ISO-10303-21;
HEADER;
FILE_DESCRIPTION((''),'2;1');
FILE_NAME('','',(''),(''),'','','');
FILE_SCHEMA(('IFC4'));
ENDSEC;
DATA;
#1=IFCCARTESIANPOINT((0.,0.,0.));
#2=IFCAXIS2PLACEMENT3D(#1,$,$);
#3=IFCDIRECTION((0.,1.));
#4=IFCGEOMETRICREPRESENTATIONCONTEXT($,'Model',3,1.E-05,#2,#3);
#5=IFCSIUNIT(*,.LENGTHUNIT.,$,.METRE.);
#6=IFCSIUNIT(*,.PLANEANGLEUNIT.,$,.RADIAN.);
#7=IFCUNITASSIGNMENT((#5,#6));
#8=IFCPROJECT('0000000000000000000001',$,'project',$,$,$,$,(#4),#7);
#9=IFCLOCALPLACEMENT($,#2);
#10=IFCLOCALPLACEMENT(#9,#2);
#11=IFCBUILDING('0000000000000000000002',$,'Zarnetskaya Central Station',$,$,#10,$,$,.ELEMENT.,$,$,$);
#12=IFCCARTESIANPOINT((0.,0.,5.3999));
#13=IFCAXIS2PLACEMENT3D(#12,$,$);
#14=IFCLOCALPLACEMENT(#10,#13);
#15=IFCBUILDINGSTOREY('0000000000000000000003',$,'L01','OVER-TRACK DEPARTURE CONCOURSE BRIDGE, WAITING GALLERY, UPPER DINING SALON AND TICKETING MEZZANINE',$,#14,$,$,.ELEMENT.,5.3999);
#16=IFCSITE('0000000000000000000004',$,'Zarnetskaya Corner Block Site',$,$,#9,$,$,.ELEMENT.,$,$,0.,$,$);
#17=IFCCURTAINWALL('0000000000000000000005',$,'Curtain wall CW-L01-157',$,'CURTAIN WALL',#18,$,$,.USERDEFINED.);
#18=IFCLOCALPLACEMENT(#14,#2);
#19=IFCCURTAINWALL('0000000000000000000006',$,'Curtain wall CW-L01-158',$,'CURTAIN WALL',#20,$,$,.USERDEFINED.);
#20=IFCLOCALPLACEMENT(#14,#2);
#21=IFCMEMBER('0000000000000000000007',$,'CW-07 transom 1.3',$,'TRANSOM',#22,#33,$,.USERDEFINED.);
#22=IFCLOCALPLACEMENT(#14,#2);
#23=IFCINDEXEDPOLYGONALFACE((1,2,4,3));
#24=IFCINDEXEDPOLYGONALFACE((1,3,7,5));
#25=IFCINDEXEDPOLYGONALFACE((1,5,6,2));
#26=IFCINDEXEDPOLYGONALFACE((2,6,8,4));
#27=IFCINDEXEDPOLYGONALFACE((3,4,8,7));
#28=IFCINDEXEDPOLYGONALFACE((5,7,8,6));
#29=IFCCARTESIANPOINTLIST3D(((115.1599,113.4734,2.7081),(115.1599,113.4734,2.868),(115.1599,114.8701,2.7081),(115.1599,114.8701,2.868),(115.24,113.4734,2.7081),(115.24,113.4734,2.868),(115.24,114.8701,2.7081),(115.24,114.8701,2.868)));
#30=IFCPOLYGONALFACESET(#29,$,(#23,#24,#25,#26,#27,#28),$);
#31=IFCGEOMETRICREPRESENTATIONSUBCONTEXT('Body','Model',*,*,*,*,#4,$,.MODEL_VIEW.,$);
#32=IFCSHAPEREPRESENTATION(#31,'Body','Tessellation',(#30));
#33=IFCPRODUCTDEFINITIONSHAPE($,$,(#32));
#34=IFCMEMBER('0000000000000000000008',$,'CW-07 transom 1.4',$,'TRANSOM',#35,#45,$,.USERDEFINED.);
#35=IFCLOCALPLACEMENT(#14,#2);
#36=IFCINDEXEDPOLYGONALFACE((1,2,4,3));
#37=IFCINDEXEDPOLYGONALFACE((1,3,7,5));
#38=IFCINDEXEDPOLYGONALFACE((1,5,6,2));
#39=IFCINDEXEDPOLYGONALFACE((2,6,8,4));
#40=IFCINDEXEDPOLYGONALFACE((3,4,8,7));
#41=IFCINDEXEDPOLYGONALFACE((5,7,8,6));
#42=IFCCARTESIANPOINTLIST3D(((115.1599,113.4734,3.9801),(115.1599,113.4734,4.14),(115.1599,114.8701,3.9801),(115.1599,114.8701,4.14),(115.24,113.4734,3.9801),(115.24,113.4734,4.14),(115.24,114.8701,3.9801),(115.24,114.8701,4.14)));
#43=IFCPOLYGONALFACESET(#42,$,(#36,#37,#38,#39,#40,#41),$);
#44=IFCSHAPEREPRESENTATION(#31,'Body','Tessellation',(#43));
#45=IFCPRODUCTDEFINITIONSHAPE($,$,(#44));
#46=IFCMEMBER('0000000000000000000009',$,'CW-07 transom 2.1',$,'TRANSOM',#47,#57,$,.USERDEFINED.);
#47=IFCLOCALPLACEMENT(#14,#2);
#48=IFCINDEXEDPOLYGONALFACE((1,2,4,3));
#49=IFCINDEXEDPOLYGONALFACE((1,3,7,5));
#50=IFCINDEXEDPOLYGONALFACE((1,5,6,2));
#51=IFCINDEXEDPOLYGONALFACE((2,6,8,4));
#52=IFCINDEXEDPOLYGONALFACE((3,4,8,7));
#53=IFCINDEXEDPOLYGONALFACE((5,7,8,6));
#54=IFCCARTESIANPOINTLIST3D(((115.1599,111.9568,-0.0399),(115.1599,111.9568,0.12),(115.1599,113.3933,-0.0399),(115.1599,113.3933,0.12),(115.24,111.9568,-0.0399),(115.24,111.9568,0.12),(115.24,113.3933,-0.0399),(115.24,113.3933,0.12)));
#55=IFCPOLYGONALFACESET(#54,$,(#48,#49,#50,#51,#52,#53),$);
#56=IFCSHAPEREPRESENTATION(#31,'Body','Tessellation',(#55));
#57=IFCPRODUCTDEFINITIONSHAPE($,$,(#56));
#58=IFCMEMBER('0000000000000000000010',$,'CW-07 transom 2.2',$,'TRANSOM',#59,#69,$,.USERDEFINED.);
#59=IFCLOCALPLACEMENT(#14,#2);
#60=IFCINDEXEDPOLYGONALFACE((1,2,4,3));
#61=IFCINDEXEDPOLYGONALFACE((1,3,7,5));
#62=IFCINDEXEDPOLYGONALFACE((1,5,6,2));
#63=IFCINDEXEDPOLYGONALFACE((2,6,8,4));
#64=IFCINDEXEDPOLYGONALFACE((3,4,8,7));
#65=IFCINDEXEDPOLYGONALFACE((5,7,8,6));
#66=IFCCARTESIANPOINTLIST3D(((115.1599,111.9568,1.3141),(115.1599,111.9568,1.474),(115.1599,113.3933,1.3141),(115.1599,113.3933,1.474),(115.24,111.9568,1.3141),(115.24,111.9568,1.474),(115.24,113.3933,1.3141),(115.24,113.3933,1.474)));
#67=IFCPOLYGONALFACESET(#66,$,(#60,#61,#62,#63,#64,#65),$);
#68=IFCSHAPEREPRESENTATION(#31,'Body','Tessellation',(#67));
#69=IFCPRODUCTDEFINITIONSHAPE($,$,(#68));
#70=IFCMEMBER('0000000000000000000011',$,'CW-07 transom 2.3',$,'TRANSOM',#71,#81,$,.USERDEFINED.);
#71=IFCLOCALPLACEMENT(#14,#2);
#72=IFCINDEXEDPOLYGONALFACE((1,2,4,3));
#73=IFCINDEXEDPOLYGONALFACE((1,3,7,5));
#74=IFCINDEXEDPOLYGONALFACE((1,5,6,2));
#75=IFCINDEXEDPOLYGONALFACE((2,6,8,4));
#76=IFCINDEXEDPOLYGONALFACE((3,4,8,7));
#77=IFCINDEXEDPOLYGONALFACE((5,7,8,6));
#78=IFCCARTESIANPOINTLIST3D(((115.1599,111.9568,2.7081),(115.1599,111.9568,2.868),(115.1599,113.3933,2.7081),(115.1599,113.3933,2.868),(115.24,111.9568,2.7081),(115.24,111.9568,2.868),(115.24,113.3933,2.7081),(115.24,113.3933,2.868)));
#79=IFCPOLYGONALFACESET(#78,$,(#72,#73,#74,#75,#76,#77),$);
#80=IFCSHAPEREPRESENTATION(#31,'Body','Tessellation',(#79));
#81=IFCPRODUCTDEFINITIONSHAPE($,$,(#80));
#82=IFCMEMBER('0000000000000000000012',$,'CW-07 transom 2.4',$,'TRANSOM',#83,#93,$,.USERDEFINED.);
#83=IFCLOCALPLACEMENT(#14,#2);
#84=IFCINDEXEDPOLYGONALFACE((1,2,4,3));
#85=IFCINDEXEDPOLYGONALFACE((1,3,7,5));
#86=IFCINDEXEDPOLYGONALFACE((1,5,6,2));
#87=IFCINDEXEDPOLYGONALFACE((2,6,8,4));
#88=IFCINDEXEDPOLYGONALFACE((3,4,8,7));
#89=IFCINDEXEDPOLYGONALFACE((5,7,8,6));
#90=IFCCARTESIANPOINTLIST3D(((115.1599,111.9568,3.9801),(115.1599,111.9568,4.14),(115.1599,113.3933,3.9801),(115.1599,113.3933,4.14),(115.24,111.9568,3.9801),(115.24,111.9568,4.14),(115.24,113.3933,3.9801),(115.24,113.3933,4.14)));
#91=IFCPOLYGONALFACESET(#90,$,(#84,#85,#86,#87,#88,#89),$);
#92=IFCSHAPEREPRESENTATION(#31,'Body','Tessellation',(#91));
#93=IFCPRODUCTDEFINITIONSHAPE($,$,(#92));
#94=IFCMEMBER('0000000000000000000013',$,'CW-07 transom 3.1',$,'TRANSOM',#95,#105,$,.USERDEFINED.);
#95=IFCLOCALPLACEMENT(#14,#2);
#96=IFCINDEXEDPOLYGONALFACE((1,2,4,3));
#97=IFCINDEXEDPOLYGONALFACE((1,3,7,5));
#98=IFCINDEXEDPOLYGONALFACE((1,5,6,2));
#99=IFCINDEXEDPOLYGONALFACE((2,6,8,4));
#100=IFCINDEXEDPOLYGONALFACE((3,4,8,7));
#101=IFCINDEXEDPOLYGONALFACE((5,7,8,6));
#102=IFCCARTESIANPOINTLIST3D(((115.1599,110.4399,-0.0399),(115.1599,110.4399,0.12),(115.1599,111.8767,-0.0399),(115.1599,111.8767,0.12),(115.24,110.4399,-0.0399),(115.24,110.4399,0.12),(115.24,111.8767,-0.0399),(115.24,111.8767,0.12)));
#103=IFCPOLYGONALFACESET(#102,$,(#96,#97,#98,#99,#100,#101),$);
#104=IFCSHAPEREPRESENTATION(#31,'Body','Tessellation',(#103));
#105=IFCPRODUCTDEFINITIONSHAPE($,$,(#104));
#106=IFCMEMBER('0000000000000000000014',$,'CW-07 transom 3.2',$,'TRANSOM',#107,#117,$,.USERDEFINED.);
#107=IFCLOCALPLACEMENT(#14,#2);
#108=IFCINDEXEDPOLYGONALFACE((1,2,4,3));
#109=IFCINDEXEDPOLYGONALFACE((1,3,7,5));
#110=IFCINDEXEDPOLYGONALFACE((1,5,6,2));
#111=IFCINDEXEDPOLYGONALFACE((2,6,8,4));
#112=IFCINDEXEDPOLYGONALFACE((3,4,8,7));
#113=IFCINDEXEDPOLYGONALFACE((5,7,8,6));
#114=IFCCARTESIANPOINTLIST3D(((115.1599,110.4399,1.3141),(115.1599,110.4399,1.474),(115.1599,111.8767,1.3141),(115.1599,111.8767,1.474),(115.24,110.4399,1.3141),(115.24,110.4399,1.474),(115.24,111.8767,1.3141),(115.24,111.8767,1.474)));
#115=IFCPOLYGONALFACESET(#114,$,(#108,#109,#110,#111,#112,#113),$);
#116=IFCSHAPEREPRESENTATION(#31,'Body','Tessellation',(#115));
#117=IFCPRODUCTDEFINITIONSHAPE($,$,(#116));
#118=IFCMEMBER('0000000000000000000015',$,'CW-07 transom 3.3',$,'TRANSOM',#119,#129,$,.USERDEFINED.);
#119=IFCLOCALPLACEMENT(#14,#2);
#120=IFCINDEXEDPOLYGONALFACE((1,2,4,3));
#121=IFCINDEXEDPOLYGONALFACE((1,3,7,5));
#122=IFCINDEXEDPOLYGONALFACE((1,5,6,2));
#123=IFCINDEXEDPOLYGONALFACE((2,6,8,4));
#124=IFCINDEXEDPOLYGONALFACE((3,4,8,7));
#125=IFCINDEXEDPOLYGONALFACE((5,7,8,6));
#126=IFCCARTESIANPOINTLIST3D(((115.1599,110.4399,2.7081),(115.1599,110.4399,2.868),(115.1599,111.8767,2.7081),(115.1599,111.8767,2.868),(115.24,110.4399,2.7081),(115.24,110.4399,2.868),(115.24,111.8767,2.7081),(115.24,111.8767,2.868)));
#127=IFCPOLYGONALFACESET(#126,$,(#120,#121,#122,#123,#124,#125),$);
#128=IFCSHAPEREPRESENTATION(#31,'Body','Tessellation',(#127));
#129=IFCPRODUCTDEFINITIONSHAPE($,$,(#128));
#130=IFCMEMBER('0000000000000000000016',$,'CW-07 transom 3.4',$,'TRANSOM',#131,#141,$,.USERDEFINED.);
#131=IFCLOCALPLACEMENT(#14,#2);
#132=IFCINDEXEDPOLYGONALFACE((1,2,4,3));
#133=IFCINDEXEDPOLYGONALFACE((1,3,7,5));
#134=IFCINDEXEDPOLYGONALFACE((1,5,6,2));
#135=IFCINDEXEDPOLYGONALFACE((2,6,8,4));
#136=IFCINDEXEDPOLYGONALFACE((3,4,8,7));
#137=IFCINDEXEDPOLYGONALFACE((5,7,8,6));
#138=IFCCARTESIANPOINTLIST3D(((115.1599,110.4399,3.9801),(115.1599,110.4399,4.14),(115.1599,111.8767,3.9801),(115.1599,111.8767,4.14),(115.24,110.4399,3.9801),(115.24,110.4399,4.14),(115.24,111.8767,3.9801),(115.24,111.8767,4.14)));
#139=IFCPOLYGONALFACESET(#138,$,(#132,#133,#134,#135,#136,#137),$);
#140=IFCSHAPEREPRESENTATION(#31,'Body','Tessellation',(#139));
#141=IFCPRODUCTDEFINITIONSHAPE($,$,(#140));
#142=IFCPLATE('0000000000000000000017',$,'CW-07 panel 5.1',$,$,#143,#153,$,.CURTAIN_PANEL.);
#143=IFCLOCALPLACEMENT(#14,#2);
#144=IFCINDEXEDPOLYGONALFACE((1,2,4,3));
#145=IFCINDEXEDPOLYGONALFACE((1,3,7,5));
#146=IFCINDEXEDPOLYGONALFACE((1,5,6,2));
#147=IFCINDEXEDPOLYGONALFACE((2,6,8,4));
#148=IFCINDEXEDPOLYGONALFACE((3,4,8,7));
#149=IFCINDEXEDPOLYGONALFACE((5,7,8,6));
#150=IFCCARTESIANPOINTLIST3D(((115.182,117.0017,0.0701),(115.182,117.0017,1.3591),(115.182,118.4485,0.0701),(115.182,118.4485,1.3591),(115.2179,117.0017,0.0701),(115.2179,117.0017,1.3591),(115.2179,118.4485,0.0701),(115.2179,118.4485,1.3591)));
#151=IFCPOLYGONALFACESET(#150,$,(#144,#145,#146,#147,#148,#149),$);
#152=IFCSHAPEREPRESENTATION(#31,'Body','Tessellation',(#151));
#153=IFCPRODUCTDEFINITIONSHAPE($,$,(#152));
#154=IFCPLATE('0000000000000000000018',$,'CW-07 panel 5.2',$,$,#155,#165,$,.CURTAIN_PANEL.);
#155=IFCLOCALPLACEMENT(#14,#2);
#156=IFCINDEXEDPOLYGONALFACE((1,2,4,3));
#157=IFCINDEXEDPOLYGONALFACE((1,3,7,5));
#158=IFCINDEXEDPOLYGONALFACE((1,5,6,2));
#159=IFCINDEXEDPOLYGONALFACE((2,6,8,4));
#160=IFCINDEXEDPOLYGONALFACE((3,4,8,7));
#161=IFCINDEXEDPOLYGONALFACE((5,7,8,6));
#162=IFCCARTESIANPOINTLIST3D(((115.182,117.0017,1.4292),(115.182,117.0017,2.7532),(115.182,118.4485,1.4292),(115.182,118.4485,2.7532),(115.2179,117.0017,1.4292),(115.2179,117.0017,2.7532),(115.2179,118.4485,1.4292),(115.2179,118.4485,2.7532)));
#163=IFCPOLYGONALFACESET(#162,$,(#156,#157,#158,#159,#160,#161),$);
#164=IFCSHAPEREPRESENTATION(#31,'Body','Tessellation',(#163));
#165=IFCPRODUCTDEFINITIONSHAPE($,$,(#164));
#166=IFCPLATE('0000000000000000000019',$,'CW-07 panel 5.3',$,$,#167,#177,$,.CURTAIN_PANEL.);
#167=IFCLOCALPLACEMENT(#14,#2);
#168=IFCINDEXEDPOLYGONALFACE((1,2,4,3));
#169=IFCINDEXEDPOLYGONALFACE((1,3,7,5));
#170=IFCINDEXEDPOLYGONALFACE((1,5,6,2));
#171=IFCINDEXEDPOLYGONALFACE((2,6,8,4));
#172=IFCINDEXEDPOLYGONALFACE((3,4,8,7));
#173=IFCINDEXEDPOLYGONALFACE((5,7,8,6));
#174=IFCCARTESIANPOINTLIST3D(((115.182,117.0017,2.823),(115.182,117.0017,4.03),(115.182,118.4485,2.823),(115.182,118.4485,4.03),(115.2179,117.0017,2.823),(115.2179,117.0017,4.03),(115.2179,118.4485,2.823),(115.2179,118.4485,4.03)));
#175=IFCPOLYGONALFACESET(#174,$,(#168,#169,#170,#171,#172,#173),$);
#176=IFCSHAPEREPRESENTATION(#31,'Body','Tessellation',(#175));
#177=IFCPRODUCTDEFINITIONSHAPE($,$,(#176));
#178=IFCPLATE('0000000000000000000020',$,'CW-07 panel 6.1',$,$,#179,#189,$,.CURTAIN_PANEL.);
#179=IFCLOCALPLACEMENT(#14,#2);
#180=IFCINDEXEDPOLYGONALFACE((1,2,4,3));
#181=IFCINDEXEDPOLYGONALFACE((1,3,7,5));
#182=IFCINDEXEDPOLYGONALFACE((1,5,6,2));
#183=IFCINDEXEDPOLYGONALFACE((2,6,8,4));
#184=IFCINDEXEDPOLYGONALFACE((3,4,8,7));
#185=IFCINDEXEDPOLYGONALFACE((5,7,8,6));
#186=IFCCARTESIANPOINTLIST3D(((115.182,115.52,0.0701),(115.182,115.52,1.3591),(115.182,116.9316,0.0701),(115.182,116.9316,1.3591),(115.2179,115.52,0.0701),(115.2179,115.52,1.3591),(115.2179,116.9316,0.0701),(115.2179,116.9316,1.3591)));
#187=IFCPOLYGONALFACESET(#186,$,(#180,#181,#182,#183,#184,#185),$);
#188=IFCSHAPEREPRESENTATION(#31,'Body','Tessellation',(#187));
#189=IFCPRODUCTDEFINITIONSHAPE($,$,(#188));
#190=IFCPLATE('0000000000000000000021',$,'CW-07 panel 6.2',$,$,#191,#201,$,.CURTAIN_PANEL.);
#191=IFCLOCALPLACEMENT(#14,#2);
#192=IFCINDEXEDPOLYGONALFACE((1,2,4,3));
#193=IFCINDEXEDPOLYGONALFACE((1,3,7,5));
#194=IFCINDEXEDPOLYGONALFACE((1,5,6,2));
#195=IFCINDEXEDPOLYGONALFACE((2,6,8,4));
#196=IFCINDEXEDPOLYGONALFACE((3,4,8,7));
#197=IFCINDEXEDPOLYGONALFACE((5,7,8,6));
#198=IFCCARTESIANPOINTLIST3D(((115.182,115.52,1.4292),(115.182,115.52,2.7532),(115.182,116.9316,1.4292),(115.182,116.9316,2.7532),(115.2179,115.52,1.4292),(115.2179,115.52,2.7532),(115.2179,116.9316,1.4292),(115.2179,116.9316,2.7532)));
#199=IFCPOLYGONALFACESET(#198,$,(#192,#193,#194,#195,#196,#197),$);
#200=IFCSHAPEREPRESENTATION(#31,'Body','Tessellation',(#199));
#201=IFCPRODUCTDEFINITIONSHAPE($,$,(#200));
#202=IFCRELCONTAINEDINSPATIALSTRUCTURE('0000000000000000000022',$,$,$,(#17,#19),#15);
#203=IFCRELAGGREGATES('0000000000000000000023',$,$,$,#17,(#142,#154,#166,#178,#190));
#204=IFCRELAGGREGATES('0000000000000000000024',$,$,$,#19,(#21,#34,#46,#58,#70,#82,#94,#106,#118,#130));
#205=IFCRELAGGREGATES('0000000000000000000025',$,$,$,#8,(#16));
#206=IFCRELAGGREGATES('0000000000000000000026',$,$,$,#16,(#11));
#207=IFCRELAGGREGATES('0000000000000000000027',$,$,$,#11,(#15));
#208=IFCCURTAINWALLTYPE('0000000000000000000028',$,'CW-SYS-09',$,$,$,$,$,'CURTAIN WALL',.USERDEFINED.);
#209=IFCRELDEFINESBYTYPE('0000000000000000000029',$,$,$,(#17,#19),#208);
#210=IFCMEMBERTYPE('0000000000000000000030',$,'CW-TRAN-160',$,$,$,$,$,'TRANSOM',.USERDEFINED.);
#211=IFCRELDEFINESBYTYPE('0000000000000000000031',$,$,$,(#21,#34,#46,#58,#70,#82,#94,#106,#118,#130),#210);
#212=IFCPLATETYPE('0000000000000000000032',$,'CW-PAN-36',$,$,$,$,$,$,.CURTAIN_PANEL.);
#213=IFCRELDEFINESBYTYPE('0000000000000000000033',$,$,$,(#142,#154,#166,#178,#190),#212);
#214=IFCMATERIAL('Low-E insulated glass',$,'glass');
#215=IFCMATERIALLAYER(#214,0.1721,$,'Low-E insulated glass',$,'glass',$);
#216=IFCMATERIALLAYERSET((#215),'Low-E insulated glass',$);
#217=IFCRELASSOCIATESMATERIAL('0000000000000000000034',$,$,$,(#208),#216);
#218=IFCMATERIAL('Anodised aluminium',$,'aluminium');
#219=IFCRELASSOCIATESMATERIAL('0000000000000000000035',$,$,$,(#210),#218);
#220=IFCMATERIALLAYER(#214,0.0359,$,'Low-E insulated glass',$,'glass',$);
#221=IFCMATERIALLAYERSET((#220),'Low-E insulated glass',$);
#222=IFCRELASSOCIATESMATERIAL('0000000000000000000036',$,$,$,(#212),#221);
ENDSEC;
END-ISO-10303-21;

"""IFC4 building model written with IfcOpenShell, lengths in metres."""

from ifc_helpers import new_model, si_unit, direction, frame, origin, origin_2d, place, context, subcontext, project, spatial, rectangle, extrude, material, layer, layer_set, material_profile, profile_set, type_object, element, aggregate, save


model = new_model("IFC4")

# Units and contexts
model_context = context("Model", 3, precision=1e-05, world=origin(), true_north=direction((0.0, 1.0)))
body_context = subcontext(model_context, "Body", "Model", "MODEL_VIEW")
ifc_project = project(units=[si_unit("LENGTHUNIT", "METRE"), si_unit("PLANEANGLEUNIT", "RADIAN")], contexts=[model_context])

# Site, building, storey
site_placement = place(None, origin())
site = spatial("IfcSite", under=ifc_project, at=site_placement, Name="Zarnetskaya Corner Block Site", CompositionType="ELEMENT", RefElevation=0.0)
building_placement = place(site_placement, origin())
building = spatial("IfcBuilding", under=site, at=building_placement, Name="Zarnetskaya Central Station", CompositionType="ELEMENT")
storey_placement = place(building_placement, frame((0.0, 0.0, 5.3999)))
storey = spatial("IfcBuildingStorey", under=building, at=storey_placement, Name="L01", Description="OVER-TRACK DEPARTURE CONCOURSE BRIDGE, WAITING GALLERY, UPPER DINING SALON AND TICKETING MEZZANINE", CompositionType="ELEMENT", Elevation=5.3999)

# Curtain walls
ifc_material_1 = material(Name="Low-E insulated glass", Category="glass")
ifc_layer_1 = layer(ifc_material_1, 0.1721, Name="Low-E insulated glass", Category="glass")
ifc_layer_set_1 = layer_set([ifc_layer_1], Name="Low-E insulated glass")
curtain_wall_type = type_object("IfcCurtainWallType", Name="CW-SYS-09", ElementType="CURTAIN WALL", PredefinedType="USERDEFINED", material=ifc_layer_set_1)
curtain_wall_1_placement = place(storey_placement, origin())
curtain_wall_1 = element("IfcCurtainWall", 1, at=curtain_wall_1_placement, inside=storey, type_object=curtain_wall_type, Name="Curtain wall CW-L01-157", ObjectType="CURTAIN WALL", PredefinedType="USERDEFINED")
ifc_material_2 = material(Name="Anodised aluminium", Category="aluminium")
curtain_wall_2_placement = place(storey_placement, origin())
curtain_wall_2 = element("IfcCurtainWall", 2, at=curtain_wall_2_placement, inside=storey, type_object=curtain_wall_type, Name="Curtain wall CW-L01-158", ObjectType="CURTAIN WALL", PredefinedType="USERDEFINED")

# Members
ifc_material_profile_1 = material_profile(ifc_material_2, rectangle(XDim=0.0801, YDim=0.1599, at=origin_2d()), Name="ALU TRAN 80x160")
ifc_profile_set_1 = profile_set([ifc_material_profile_1], Name="Anodised aluminium")
member_type_1 = type_object("IfcMemberType", Name="CW-TRAN-160", ElementType="TRANSOM", PredefinedType="USERDEFINED", material=ifc_profile_set_1)
member_1_placement = place(storey_placement, frame((115.2, 114.8701, 2.7881), z_axis=(0.0, -1.0, 0.0), x_axis=(1.0, 0.0, 0.0)))
member_1 = element("IfcMember", 3, at=member_1_placement, type_object=member_type_1, Name="CW-07 transom 1.3", ObjectType="TRANSOM", PredefinedType="USERDEFINED", context=body_context, shape_type="SweptSolid", body=[
    extrude(rectangle(XDim=0.0801, YDim=0.1599, at=origin_2d()), origin(), (0.0, 0.0, 1.0), 1.3967),
])
member_2_placement = place(storey_placement, frame((115.2, 114.8701, 4.0601), z_axis=(0.0, -1.0, 0.0), x_axis=(1.0, 0.0, 0.0)))
member_2 = element("IfcMember", 4, at=member_2_placement, type_object=member_type_1, Name="CW-07 transom 1.4", ObjectType="TRANSOM", PredefinedType="USERDEFINED", context=body_context, shape_type="SweptSolid", body=[
    extrude(rectangle(XDim=0.0801, YDim=0.1599, at=origin_2d()), origin(), (0.0, 0.0, 1.0), 1.3967),
])
member_3_placement = place(storey_placement, frame((115.2, 113.3933, 0.04), z_axis=(0.0, -1.0, 0.0), x_axis=(1.0, 0.0, 0.0)))
member_3 = element("IfcMember", 5, at=member_3_placement, type_object=member_type_1, Name="CW-07 transom 2.1", ObjectType="TRANSOM", PredefinedType="USERDEFINED", context=body_context, shape_type="SweptSolid", body=[
    extrude(rectangle(XDim=0.0801, YDim=0.1599, at=origin_2d()), origin(), (0.0, 0.0, 1.0), 1.4365),
])
member_4_placement = place(storey_placement, frame((115.2, 113.3933, 1.394), z_axis=(0.0, -1.0, 0.0), x_axis=(1.0, 0.0, 0.0)))
member_4 = element("IfcMember", 6, at=member_4_placement, type_object=member_type_1, Name="CW-07 transom 2.2", ObjectType="TRANSOM", PredefinedType="USERDEFINED", context=body_context, shape_type="SweptSolid", body=[
    extrude(rectangle(XDim=0.0801, YDim=0.1599, at=origin_2d()), origin(), (0.0, 0.0, 1.0), 1.4365),
])
member_5_placement = place(storey_placement, frame((115.2, 113.3933, 2.7881), z_axis=(0.0, -1.0, 0.0), x_axis=(1.0, 0.0, 0.0)))
member_5 = element("IfcMember", 7, at=member_5_placement, type_object=member_type_1, Name="CW-07 transom 2.3", ObjectType="TRANSOM", PredefinedType="USERDEFINED", context=body_context, shape_type="SweptSolid", body=[
    extrude(rectangle(XDim=0.0801, YDim=0.1599, at=origin_2d()), origin(), (0.0, 0.0, 1.0), 1.4365),
])
member_6_placement = place(storey_placement, frame((115.2, 113.3933, 4.0601), z_axis=(0.0, -1.0, 0.0), x_axis=(1.0, 0.0, 0.0)))
member_6 = element("IfcMember", 8, at=member_6_placement, type_object=member_type_1, Name="CW-07 transom 2.4", ObjectType="TRANSOM", PredefinedType="USERDEFINED", context=body_context, shape_type="SweptSolid", body=[
    extrude(rectangle(XDim=0.0801, YDim=0.1599, at=origin_2d()), origin(), (0.0, 0.0, 1.0), 1.4365),
])
member_7_placement = place(storey_placement, frame((115.2, 111.8767, 0.04), z_axis=(0.0, -1.0, 0.0), x_axis=(1.0, 0.0, 0.0)))
member_7 = element("IfcMember", 9, at=member_7_placement, type_object=member_type_1, Name="CW-07 transom 3.1", ObjectType="TRANSOM", PredefinedType="USERDEFINED", context=body_context, shape_type="SweptSolid", body=[
    extrude(rectangle(XDim=0.0801, YDim=0.1599, at=origin_2d()), origin(), (0.0, 0.0, 1.0), 1.4368),
])
member_8_placement = place(storey_placement, frame((115.2, 111.8767, 1.394), z_axis=(0.0, -1.0, 0.0), x_axis=(1.0, 0.0, 0.0)))
member_8 = element("IfcMember", 10, at=member_8_placement, type_object=member_type_1, Name="CW-07 transom 3.2", ObjectType="TRANSOM", PredefinedType="USERDEFINED", context=body_context, shape_type="SweptSolid", body=[
    extrude(rectangle(XDim=0.0801, YDim=0.1599, at=origin_2d()), origin(), (0.0, 0.0, 1.0), 1.4368),
])
member_9_placement = place(storey_placement, frame((115.2, 111.8767, 2.7881), z_axis=(0.0, -1.0, 0.0), x_axis=(1.0, 0.0, 0.0)))
member_9 = element("IfcMember", 11, at=member_9_placement, type_object=member_type_1, Name="CW-07 transom 3.3", ObjectType="TRANSOM", PredefinedType="USERDEFINED", context=body_context, shape_type="SweptSolid", body=[
    extrude(rectangle(XDim=0.0801, YDim=0.1599, at=origin_2d()), origin(), (0.0, 0.0, 1.0), 1.4368),
])
member_10_placement = place(storey_placement, frame((115.2, 111.8767, 4.0601), z_axis=(0.0, -1.0, 0.0), x_axis=(1.0, 0.0, 0.0)))
member_10 = element("IfcMember", 12, at=member_10_placement, type_object=member_type_1, Name="CW-07 transom 3.4", ObjectType="TRANSOM", PredefinedType="USERDEFINED", context=body_context, shape_type="SweptSolid", body=[
    extrude(rectangle(XDim=0.0801, YDim=0.1599, at=origin_2d()), origin(), (0.0, 0.0, 1.0), 1.4368),
])

# Plates
ifc_layer_2 = layer(ifc_material_1, 0.0359, Name="Low-E insulated glass", Category="glass")
ifc_layer_set_2 = layer_set([ifc_layer_2], Name="Low-E insulated glass")
plate_type_1 = type_object("IfcPlateType", Name="CW-PAN-36", PredefinedType="CURTAIN_PANEL", material=ifc_layer_set_2)
plate_1_placement = place(storey_placement, frame((115.2, 117.7251, 0.0701), z_axis=(0.0, 0.0, 1.0), x_axis=(0.0, -1.0, 0.0)))
plate_1 = element("IfcPlate", 13, at=plate_1_placement, type_object=plate_type_1, Name="CW-07 panel 5.1", PredefinedType="CURTAIN_PANEL", context=body_context, shape_type="SweptSolid", body=[
    extrude(rectangle(XDim=1.4468, YDim=0.0359, at=origin_2d()), origin(), (0.0, 0.0, 1.0), 1.2891),
])
plate_2_placement = place(storey_placement, frame((115.2, 117.7251, 1.4292), z_axis=(0.0, 0.0, 1.0), x_axis=(0.0, -1.0, 0.0)))
plate_2 = element("IfcPlate", 14, at=plate_2_placement, type_object=plate_type_1, Name="CW-07 panel 5.2", PredefinedType="CURTAIN_PANEL", context=body_context, shape_type="SweptSolid", body=[
    extrude(rectangle(XDim=1.4468, YDim=0.0359, at=origin_2d()), origin(), (0.0, 0.0, 1.0), 1.324),
])
plate_3_placement = place(storey_placement, frame((115.2, 117.7251, 2.823), z_axis=(0.0, 0.0, 1.0), x_axis=(0.0, -1.0, 0.0)))
plate_3 = element("IfcPlate", 15, at=plate_3_placement, type_object=plate_type_1, Name="CW-07 panel 5.3", PredefinedType="CURTAIN_PANEL", context=body_context, shape_type="SweptSolid", body=[
    extrude(rectangle(XDim=1.4468, YDim=0.0359, at=origin_2d()), origin(), (0.0, 0.0, 1.0), 1.207),
])
plate_4_placement = place(storey_placement, frame((115.2, 116.2258, 0.0701), z_axis=(0.0, 0.0, 1.0), x_axis=(0.0, -1.0, 0.0)))
plate_4 = element("IfcPlate", 16, at=plate_4_placement, type_object=plate_type_1, Name="CW-07 panel 6.1", PredefinedType="CURTAIN_PANEL", context=body_context, shape_type="SweptSolid", body=[
    extrude(rectangle(XDim=1.4116, YDim=0.0359, at=origin_2d()), origin(), (0.0, 0.0, 1.0), 1.2891),
])
plate_5_placement = place(storey_placement, frame((115.2, 116.2258, 1.4292), z_axis=(0.0, 0.0, 1.0), x_axis=(0.0, -1.0, 0.0)))
plate_5 = element("IfcPlate", 17, at=plate_5_placement, type_object=plate_type_1, Name="CW-07 panel 6.2", PredefinedType="CURTAIN_PANEL", context=body_context, shape_type="SweptSolid", body=[
    extrude(rectangle(XDim=1.4116, YDim=0.0359, at=origin_2d()), origin(), (0.0, 0.0, 1.0), 1.324),
])
aggregate(curtain_wall_1, [plate_1, plate_2, plate_3, plate_4, plate_5])
aggregate(curtain_wall_2, [member_1, member_2, member_3, member_4, member_5, member_6, member_7, member_8, member_9, member_10])

save(model, "model.ifc")
